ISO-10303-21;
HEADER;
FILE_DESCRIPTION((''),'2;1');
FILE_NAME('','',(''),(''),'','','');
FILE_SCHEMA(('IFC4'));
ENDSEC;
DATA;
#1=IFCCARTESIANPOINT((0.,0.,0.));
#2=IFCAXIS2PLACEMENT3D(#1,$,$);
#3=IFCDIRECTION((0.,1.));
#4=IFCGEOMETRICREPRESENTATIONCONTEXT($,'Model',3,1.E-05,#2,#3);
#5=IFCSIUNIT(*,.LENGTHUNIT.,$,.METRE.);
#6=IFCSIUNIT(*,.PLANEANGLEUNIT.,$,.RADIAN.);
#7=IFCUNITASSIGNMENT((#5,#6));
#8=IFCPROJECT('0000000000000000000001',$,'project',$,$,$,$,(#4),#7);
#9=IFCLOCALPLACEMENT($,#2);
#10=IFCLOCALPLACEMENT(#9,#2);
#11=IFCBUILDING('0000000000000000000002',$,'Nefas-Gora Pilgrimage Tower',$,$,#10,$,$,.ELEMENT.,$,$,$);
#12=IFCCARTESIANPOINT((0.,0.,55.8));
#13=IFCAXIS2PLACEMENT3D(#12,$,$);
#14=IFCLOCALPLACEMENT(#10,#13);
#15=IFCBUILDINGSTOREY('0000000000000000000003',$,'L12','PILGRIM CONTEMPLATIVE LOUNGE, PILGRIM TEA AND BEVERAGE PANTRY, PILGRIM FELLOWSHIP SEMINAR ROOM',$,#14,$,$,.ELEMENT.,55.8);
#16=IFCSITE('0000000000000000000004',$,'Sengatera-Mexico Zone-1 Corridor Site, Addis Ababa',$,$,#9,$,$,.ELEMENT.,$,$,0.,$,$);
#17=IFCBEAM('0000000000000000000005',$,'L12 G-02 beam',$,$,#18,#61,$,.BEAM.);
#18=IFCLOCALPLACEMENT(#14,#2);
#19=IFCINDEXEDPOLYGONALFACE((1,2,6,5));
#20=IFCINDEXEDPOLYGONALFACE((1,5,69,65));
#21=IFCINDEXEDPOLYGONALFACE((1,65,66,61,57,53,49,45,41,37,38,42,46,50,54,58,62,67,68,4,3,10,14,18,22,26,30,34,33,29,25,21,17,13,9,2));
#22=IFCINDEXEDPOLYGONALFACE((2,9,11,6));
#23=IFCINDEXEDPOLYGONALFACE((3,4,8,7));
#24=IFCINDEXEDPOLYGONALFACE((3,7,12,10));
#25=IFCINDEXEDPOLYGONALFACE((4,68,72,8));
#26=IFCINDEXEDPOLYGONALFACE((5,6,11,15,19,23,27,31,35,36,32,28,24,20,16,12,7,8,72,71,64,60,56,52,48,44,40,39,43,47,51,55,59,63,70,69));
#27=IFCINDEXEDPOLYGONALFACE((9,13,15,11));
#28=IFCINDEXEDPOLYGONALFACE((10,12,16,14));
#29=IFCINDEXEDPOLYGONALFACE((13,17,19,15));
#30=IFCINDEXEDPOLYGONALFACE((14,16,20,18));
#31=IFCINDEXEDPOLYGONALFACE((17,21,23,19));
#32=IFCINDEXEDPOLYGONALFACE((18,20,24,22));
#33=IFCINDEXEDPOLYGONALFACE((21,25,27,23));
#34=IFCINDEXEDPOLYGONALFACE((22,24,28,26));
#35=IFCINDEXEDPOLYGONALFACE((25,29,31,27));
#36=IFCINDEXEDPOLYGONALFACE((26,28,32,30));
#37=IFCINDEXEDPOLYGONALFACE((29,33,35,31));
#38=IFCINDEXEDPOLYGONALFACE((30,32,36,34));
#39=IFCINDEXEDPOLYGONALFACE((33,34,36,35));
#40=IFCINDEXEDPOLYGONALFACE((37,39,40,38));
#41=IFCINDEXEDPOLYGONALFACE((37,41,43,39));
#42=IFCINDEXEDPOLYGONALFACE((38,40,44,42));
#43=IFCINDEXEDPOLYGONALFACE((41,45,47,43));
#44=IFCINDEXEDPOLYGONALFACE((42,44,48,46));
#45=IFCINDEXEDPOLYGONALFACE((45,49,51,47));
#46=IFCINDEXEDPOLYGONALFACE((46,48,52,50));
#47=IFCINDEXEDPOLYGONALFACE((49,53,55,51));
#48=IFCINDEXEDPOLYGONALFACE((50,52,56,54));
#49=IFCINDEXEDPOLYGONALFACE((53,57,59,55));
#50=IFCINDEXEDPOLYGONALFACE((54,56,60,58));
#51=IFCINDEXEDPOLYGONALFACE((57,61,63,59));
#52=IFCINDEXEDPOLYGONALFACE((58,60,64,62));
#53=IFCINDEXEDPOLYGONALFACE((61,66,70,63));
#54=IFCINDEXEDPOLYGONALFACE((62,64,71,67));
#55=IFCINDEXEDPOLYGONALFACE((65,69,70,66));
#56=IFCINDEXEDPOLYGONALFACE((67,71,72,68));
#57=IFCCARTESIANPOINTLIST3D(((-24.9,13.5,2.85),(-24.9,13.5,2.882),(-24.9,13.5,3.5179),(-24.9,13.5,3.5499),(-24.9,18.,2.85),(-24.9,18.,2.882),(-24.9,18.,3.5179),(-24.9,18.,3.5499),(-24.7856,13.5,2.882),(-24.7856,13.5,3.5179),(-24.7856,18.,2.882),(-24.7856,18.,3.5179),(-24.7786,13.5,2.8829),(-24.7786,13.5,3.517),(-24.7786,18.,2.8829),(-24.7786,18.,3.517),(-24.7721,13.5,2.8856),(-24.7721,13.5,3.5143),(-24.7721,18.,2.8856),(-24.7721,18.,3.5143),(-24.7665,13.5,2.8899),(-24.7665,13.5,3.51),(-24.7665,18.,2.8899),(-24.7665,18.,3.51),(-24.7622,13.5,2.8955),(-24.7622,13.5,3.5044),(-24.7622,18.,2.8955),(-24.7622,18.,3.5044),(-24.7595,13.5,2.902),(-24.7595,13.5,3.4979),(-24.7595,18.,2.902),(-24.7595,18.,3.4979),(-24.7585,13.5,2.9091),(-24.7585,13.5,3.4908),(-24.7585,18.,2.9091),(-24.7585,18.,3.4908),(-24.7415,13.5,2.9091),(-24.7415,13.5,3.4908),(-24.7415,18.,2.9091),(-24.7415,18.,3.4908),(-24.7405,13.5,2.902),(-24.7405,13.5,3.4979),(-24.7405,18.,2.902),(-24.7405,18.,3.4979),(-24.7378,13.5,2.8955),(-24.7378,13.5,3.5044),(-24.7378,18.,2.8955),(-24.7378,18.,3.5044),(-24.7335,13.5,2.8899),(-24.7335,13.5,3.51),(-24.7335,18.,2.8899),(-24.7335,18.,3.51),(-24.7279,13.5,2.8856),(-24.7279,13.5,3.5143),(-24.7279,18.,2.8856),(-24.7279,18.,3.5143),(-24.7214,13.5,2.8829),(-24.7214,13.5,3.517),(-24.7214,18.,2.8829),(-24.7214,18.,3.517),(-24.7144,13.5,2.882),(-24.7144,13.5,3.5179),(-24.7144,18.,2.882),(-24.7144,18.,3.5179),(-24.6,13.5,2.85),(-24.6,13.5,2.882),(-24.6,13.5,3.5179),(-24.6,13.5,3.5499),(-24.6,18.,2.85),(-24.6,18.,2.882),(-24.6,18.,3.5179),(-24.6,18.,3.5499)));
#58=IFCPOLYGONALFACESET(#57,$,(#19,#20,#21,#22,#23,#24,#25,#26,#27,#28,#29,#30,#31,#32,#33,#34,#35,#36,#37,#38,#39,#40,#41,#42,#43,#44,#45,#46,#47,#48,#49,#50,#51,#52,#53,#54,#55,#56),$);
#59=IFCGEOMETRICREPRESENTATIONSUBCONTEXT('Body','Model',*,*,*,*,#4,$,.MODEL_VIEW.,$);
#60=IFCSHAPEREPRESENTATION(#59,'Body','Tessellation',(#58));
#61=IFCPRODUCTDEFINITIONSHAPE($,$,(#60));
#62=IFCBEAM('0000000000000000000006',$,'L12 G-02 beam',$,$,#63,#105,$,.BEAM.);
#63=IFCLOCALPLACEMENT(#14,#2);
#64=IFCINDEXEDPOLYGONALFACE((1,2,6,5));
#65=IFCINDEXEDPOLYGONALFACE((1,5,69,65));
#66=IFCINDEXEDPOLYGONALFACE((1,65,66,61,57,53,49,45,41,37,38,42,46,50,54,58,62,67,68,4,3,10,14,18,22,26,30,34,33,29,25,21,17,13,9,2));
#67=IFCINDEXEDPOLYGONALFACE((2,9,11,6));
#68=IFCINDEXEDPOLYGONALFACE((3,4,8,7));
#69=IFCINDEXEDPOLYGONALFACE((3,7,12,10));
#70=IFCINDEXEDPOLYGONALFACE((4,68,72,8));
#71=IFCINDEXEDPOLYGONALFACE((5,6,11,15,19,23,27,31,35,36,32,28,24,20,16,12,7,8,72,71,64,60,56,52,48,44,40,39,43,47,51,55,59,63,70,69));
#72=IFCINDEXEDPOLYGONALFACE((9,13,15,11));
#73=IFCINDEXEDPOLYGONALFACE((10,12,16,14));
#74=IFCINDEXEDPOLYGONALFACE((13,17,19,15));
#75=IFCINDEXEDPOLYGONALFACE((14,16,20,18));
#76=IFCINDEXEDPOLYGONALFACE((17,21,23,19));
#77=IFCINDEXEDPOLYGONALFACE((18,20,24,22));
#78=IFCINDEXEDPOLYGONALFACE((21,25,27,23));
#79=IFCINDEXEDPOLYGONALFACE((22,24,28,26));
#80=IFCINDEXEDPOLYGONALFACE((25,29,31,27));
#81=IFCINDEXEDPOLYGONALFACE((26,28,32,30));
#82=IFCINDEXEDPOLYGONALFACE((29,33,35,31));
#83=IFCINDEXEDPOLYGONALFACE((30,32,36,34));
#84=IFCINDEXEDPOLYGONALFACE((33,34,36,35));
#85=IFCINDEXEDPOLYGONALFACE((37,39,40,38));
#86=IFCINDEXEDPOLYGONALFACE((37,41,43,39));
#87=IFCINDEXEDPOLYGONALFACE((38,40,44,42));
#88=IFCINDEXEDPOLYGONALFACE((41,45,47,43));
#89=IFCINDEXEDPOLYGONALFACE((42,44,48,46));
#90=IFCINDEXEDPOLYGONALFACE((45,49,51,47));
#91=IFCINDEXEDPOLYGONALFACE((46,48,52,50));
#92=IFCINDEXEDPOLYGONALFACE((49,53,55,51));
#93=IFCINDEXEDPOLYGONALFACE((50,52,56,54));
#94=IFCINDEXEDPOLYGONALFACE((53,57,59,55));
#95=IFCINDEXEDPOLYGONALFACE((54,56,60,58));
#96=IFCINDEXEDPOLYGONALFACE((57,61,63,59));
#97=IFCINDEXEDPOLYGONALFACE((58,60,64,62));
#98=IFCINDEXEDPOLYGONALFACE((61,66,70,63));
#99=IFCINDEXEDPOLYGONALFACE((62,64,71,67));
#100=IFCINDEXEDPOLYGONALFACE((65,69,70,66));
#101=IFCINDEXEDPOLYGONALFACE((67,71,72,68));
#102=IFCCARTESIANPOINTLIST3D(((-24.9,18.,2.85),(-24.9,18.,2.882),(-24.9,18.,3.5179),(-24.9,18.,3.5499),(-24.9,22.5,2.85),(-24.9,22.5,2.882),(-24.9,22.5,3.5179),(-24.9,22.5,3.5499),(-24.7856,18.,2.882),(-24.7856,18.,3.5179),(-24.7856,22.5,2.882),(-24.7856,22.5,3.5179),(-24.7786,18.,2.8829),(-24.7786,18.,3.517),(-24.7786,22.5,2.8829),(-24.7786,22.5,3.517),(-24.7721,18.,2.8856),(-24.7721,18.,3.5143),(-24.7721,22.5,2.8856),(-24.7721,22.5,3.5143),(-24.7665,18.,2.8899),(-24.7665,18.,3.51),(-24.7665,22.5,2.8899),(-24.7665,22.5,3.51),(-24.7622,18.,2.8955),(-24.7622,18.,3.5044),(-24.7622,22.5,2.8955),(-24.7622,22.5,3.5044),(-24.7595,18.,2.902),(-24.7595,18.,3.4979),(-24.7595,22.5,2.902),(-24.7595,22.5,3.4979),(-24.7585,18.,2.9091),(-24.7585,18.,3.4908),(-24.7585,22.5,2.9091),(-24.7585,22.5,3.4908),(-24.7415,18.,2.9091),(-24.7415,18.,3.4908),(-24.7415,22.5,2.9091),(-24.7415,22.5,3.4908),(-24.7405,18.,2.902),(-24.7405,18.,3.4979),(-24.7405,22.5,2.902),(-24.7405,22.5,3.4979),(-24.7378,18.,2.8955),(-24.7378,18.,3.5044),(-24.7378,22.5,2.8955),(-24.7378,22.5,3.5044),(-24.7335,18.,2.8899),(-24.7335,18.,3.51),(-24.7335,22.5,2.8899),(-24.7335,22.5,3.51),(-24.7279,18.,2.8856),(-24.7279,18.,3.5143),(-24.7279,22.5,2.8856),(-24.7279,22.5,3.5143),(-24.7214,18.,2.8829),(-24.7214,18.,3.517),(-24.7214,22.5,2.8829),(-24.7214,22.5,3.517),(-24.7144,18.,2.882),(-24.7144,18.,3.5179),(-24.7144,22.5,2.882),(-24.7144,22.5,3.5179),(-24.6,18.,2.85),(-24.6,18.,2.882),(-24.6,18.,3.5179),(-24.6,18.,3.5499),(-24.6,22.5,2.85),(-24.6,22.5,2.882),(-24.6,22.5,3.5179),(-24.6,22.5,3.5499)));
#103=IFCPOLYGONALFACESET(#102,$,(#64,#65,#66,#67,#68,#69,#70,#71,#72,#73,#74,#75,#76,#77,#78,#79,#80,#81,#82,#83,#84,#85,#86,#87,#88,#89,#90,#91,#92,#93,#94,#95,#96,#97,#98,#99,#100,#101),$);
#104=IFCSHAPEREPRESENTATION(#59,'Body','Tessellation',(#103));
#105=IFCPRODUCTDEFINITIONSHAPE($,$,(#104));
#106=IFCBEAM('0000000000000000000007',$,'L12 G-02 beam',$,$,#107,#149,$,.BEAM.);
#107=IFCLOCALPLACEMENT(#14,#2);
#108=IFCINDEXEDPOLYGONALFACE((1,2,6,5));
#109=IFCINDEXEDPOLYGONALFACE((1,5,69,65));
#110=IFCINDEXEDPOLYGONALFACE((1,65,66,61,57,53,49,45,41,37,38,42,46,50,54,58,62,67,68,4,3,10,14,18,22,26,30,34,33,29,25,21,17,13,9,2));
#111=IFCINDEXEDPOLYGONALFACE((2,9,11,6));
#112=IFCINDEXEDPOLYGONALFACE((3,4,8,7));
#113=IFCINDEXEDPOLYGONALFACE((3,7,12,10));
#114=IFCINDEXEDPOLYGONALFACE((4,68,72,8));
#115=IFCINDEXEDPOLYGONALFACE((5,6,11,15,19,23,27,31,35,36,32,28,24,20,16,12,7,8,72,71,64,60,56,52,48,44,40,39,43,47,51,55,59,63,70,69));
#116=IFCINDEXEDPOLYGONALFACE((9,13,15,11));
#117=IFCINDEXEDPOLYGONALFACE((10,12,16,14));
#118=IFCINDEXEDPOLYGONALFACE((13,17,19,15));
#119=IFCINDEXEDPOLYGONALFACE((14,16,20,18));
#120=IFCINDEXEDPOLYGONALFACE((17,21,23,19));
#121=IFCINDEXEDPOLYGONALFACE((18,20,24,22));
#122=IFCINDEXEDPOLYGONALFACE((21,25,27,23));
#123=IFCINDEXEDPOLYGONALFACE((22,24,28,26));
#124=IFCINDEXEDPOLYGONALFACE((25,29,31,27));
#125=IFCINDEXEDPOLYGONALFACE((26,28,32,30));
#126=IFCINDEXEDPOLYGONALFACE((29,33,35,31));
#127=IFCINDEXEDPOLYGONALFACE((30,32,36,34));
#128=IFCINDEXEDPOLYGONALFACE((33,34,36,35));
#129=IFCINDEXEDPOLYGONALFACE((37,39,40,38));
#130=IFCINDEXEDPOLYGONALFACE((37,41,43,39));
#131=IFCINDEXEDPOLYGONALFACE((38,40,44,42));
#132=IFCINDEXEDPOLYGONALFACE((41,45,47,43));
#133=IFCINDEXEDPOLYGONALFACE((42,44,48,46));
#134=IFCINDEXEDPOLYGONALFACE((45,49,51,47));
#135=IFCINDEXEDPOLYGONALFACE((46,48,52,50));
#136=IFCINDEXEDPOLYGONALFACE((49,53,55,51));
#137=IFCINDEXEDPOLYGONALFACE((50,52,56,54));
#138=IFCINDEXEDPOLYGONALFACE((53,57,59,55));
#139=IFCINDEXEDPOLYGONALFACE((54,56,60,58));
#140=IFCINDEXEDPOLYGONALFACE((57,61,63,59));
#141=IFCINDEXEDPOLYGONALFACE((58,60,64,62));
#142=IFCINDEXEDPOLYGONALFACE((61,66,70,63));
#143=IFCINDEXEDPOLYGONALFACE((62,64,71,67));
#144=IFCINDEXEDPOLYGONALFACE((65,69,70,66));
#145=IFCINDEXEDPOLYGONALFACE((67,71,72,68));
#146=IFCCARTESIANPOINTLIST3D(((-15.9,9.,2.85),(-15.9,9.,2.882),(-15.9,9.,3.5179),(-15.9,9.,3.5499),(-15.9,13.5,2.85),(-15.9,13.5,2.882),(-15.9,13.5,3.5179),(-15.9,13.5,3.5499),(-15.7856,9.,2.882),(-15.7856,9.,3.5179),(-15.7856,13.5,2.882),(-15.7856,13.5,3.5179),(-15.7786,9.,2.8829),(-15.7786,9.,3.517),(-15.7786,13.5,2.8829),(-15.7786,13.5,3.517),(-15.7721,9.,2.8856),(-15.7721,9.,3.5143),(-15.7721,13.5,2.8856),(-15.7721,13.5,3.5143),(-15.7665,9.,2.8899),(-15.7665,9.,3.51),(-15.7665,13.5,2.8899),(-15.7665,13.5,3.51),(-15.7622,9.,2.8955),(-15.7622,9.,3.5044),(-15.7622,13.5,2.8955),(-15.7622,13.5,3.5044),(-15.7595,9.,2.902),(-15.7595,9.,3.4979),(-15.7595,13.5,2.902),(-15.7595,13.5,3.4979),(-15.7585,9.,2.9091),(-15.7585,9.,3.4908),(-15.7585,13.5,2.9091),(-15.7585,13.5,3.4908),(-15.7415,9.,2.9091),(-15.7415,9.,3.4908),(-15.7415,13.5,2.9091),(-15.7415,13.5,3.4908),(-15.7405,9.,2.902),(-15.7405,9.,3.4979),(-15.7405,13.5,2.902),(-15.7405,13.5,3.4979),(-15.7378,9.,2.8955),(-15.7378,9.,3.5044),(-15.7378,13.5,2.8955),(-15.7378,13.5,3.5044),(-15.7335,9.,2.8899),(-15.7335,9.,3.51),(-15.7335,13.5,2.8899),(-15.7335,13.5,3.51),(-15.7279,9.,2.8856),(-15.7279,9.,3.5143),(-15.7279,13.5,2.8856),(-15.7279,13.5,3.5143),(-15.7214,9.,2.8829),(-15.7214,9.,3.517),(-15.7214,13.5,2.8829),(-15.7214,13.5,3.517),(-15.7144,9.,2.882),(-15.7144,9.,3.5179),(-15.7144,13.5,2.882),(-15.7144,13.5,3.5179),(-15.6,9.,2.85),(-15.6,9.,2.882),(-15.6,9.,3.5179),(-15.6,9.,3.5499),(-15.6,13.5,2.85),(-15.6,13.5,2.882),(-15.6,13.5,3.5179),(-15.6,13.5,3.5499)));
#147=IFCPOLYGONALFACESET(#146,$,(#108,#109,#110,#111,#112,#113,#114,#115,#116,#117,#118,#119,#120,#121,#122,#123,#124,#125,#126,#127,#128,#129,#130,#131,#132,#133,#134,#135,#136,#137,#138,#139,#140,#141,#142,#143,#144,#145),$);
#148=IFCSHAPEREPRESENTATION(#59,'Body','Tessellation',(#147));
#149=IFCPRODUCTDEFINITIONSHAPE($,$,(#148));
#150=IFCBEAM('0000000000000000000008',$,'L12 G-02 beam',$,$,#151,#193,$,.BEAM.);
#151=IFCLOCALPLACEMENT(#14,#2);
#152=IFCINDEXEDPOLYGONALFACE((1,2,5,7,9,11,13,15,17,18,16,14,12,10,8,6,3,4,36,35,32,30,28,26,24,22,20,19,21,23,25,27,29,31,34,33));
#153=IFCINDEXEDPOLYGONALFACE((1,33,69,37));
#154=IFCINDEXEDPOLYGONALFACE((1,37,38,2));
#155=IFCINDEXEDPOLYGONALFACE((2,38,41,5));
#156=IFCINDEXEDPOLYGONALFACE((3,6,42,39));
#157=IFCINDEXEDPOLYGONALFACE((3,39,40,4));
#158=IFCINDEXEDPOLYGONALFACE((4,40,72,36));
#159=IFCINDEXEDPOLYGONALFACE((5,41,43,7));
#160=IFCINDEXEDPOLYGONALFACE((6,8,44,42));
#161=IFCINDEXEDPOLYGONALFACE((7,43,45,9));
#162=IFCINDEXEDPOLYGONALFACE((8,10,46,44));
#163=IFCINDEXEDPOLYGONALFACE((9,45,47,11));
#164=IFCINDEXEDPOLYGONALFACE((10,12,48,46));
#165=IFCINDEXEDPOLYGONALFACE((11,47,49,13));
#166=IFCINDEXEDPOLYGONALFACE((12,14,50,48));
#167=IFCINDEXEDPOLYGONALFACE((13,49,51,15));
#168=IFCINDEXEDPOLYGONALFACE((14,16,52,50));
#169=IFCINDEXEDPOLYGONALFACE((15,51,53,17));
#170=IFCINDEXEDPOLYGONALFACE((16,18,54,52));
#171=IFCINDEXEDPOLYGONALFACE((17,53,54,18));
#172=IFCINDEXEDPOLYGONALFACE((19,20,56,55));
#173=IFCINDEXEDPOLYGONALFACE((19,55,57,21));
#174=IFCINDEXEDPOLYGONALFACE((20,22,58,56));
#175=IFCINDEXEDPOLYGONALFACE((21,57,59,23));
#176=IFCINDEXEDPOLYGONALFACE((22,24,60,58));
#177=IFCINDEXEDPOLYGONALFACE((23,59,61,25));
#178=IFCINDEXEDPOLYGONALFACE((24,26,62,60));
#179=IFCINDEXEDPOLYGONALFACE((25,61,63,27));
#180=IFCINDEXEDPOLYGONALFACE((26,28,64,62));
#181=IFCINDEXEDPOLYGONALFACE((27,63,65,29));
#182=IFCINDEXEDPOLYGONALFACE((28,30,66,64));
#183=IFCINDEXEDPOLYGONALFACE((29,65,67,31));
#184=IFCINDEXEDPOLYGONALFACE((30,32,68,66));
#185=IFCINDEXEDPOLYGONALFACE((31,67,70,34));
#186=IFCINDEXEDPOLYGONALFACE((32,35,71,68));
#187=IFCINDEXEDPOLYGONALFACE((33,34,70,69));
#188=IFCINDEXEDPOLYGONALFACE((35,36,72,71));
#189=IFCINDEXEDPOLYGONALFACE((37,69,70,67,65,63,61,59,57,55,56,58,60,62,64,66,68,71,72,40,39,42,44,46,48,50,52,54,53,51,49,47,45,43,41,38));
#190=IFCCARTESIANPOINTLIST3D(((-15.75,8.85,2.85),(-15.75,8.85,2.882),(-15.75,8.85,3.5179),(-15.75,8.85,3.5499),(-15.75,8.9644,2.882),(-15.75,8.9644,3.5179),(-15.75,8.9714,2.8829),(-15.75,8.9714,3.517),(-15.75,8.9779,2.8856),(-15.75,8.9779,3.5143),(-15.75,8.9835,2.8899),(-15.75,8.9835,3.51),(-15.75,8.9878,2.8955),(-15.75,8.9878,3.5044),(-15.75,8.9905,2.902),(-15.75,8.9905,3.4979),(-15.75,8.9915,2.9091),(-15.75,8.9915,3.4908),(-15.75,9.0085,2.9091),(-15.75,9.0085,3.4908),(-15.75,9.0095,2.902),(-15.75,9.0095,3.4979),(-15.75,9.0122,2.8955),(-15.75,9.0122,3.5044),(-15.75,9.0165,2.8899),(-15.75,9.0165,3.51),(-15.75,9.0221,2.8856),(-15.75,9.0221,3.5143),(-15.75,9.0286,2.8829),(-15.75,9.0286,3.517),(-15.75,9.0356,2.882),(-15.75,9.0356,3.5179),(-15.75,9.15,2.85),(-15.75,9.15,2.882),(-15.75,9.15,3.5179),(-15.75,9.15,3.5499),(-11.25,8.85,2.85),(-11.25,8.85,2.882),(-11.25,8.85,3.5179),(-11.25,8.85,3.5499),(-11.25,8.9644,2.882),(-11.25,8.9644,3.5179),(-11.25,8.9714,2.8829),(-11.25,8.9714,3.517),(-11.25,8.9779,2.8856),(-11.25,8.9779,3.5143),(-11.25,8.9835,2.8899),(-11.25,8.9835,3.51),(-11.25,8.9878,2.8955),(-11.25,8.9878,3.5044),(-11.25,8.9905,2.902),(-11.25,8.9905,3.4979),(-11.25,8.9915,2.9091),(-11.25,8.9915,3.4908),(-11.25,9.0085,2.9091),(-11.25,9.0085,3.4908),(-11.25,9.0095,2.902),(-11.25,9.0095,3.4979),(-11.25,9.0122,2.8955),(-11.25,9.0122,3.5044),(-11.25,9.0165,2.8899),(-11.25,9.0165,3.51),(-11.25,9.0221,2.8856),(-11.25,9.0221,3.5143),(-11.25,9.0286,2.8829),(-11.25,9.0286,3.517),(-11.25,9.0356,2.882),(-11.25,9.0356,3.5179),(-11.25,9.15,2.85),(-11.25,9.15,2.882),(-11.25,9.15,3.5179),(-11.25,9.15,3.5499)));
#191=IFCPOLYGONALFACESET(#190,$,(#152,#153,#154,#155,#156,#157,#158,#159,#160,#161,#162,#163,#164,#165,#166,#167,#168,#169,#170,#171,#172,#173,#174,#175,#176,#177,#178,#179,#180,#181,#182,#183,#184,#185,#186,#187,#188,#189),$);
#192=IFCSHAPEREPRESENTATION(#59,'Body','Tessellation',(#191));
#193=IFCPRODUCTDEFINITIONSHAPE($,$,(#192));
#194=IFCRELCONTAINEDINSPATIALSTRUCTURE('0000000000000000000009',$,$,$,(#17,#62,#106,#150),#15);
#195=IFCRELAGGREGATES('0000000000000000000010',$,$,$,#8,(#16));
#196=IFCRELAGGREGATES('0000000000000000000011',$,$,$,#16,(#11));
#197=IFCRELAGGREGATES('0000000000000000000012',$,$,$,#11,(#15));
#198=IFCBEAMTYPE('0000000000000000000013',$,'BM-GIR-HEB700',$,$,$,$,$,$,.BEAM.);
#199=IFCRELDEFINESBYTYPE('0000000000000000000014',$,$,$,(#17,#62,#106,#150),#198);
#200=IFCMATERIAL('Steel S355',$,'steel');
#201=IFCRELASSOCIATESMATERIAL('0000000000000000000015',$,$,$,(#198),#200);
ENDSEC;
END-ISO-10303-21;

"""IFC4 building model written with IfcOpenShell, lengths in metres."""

from ifc_helpers import new_model, si_unit, direction, frame, origin, origin_2d, place, context, subcontext, project, spatial, i_section, extrude, source, transform, mapped, material, material_profile, profile_set, type_object, element, save


model = new_model("IFC4")

# Units and contexts
model_context = context("Model", 3, precision=1e-05, world=origin(), true_north=direction((0.0, 1.0)))
body_context = subcontext(model_context, "Body", "Model", "MODEL_VIEW")
ifc_project = project(units=[si_unit("LENGTHUNIT", "METRE"), si_unit("PLANEANGLEUNIT", "RADIAN")], contexts=[model_context])

# Site, building, storey
site_placement = place(None, origin())
site = spatial("IfcSite", under=ifc_project, at=site_placement, Name="Sengatera-Mexico Zone-1 Corridor Site, Addis Ababa", CompositionType="ELEMENT", RefElevation=0.0)
building_placement = place(site_placement, origin())
building = spatial("IfcBuilding", under=site, at=building_placement, Name="Nefas-Gora Pilgrimage Tower", CompositionType="ELEMENT")
storey_placement = place(building_placement, frame((0.0, 0.0, 55.8)))
storey = spatial("IfcBuildingStorey", under=building, at=storey_placement, Name="L12", Description="PILGRIM CONTEMPLATIVE LOUNGE, PILGRIM TEA AND BEVERAGE PANTRY, PILGRIM FELLOWSHIP SEMINAR ROOM", CompositionType="ELEMENT", Elevation=55.8)

# Beams
ifc_material_1 = material(Name="Steel S355", Category="steel")
ifc_material_profile_1 = material_profile(ifc_material_1, i_section(OverallWidth=0.3, OverallDepth=0.7, WebThickness=0.0171, FlangeThickness=0.032, FilletRadius=0.0271, at=origin_2d()), Name="HEB 700")
ifc_profile_set_1 = profile_set([ifc_material_profile_1], Name="Steel S355")
beam_type_1 = type_object("IfcBeamType", Name="BM-GIR-HEB700", PredefinedType="BEAM", material=ifc_profile_set_1)
shared_shape_1 = source(origin(), body_context, "Body", "SweptSolid", [
    extrude(i_section(OverallWidth=0.3, OverallDepth=0.7, WebThickness=0.0171, FlangeThickness=0.032, FilletRadius=0.0271, at=origin_2d()), origin(), (0.0, 0.0, 1.0), 4.5),
])
for number, where, z_axis, x_axis, name in (
    (1, (-24.75, 13.5, 3.2), (0.0, 1.0, 0.0), (-1.0, 0.0, 0.0), "L12 G-02 beam"),
    (2, (-24.75, 18.0, 3.2), (0.0, 1.0, 0.0), (-1.0, 0.0, 0.0), "L12 G-02 beam"),
    (3, (-15.75, 9.0, 3.2), (0.0, 1.0, 0.0), (-1.0, 0.0, 0.0), "L12 G-02 beam"),
    (4, (-15.75, 9.0, 3.2), (1.0, 0.0, 0.0), (0.0, 1.0, 0.0), "L12 G-02 beam"),
):
    element("IfcBeam", number, at=place(storey_placement, frame(where, z_axis=z_axis, x_axis=x_axis)), inside=storey, type_object=beam_type_1, Name=name, PredefinedType="BEAM", context=body_context, shape_type="MappedRepresentation", body=[
        mapped(shared_shape_1, transform((0.0, 0.0, 0.0), x_axis=(1.0, 0.0, 0.0), y_axis=(0.0, 1.0, 0.0), z_axis=(0.0, 0.0, 1.0), scale=1.0)),
    ])

save(model, "model.ifc")
